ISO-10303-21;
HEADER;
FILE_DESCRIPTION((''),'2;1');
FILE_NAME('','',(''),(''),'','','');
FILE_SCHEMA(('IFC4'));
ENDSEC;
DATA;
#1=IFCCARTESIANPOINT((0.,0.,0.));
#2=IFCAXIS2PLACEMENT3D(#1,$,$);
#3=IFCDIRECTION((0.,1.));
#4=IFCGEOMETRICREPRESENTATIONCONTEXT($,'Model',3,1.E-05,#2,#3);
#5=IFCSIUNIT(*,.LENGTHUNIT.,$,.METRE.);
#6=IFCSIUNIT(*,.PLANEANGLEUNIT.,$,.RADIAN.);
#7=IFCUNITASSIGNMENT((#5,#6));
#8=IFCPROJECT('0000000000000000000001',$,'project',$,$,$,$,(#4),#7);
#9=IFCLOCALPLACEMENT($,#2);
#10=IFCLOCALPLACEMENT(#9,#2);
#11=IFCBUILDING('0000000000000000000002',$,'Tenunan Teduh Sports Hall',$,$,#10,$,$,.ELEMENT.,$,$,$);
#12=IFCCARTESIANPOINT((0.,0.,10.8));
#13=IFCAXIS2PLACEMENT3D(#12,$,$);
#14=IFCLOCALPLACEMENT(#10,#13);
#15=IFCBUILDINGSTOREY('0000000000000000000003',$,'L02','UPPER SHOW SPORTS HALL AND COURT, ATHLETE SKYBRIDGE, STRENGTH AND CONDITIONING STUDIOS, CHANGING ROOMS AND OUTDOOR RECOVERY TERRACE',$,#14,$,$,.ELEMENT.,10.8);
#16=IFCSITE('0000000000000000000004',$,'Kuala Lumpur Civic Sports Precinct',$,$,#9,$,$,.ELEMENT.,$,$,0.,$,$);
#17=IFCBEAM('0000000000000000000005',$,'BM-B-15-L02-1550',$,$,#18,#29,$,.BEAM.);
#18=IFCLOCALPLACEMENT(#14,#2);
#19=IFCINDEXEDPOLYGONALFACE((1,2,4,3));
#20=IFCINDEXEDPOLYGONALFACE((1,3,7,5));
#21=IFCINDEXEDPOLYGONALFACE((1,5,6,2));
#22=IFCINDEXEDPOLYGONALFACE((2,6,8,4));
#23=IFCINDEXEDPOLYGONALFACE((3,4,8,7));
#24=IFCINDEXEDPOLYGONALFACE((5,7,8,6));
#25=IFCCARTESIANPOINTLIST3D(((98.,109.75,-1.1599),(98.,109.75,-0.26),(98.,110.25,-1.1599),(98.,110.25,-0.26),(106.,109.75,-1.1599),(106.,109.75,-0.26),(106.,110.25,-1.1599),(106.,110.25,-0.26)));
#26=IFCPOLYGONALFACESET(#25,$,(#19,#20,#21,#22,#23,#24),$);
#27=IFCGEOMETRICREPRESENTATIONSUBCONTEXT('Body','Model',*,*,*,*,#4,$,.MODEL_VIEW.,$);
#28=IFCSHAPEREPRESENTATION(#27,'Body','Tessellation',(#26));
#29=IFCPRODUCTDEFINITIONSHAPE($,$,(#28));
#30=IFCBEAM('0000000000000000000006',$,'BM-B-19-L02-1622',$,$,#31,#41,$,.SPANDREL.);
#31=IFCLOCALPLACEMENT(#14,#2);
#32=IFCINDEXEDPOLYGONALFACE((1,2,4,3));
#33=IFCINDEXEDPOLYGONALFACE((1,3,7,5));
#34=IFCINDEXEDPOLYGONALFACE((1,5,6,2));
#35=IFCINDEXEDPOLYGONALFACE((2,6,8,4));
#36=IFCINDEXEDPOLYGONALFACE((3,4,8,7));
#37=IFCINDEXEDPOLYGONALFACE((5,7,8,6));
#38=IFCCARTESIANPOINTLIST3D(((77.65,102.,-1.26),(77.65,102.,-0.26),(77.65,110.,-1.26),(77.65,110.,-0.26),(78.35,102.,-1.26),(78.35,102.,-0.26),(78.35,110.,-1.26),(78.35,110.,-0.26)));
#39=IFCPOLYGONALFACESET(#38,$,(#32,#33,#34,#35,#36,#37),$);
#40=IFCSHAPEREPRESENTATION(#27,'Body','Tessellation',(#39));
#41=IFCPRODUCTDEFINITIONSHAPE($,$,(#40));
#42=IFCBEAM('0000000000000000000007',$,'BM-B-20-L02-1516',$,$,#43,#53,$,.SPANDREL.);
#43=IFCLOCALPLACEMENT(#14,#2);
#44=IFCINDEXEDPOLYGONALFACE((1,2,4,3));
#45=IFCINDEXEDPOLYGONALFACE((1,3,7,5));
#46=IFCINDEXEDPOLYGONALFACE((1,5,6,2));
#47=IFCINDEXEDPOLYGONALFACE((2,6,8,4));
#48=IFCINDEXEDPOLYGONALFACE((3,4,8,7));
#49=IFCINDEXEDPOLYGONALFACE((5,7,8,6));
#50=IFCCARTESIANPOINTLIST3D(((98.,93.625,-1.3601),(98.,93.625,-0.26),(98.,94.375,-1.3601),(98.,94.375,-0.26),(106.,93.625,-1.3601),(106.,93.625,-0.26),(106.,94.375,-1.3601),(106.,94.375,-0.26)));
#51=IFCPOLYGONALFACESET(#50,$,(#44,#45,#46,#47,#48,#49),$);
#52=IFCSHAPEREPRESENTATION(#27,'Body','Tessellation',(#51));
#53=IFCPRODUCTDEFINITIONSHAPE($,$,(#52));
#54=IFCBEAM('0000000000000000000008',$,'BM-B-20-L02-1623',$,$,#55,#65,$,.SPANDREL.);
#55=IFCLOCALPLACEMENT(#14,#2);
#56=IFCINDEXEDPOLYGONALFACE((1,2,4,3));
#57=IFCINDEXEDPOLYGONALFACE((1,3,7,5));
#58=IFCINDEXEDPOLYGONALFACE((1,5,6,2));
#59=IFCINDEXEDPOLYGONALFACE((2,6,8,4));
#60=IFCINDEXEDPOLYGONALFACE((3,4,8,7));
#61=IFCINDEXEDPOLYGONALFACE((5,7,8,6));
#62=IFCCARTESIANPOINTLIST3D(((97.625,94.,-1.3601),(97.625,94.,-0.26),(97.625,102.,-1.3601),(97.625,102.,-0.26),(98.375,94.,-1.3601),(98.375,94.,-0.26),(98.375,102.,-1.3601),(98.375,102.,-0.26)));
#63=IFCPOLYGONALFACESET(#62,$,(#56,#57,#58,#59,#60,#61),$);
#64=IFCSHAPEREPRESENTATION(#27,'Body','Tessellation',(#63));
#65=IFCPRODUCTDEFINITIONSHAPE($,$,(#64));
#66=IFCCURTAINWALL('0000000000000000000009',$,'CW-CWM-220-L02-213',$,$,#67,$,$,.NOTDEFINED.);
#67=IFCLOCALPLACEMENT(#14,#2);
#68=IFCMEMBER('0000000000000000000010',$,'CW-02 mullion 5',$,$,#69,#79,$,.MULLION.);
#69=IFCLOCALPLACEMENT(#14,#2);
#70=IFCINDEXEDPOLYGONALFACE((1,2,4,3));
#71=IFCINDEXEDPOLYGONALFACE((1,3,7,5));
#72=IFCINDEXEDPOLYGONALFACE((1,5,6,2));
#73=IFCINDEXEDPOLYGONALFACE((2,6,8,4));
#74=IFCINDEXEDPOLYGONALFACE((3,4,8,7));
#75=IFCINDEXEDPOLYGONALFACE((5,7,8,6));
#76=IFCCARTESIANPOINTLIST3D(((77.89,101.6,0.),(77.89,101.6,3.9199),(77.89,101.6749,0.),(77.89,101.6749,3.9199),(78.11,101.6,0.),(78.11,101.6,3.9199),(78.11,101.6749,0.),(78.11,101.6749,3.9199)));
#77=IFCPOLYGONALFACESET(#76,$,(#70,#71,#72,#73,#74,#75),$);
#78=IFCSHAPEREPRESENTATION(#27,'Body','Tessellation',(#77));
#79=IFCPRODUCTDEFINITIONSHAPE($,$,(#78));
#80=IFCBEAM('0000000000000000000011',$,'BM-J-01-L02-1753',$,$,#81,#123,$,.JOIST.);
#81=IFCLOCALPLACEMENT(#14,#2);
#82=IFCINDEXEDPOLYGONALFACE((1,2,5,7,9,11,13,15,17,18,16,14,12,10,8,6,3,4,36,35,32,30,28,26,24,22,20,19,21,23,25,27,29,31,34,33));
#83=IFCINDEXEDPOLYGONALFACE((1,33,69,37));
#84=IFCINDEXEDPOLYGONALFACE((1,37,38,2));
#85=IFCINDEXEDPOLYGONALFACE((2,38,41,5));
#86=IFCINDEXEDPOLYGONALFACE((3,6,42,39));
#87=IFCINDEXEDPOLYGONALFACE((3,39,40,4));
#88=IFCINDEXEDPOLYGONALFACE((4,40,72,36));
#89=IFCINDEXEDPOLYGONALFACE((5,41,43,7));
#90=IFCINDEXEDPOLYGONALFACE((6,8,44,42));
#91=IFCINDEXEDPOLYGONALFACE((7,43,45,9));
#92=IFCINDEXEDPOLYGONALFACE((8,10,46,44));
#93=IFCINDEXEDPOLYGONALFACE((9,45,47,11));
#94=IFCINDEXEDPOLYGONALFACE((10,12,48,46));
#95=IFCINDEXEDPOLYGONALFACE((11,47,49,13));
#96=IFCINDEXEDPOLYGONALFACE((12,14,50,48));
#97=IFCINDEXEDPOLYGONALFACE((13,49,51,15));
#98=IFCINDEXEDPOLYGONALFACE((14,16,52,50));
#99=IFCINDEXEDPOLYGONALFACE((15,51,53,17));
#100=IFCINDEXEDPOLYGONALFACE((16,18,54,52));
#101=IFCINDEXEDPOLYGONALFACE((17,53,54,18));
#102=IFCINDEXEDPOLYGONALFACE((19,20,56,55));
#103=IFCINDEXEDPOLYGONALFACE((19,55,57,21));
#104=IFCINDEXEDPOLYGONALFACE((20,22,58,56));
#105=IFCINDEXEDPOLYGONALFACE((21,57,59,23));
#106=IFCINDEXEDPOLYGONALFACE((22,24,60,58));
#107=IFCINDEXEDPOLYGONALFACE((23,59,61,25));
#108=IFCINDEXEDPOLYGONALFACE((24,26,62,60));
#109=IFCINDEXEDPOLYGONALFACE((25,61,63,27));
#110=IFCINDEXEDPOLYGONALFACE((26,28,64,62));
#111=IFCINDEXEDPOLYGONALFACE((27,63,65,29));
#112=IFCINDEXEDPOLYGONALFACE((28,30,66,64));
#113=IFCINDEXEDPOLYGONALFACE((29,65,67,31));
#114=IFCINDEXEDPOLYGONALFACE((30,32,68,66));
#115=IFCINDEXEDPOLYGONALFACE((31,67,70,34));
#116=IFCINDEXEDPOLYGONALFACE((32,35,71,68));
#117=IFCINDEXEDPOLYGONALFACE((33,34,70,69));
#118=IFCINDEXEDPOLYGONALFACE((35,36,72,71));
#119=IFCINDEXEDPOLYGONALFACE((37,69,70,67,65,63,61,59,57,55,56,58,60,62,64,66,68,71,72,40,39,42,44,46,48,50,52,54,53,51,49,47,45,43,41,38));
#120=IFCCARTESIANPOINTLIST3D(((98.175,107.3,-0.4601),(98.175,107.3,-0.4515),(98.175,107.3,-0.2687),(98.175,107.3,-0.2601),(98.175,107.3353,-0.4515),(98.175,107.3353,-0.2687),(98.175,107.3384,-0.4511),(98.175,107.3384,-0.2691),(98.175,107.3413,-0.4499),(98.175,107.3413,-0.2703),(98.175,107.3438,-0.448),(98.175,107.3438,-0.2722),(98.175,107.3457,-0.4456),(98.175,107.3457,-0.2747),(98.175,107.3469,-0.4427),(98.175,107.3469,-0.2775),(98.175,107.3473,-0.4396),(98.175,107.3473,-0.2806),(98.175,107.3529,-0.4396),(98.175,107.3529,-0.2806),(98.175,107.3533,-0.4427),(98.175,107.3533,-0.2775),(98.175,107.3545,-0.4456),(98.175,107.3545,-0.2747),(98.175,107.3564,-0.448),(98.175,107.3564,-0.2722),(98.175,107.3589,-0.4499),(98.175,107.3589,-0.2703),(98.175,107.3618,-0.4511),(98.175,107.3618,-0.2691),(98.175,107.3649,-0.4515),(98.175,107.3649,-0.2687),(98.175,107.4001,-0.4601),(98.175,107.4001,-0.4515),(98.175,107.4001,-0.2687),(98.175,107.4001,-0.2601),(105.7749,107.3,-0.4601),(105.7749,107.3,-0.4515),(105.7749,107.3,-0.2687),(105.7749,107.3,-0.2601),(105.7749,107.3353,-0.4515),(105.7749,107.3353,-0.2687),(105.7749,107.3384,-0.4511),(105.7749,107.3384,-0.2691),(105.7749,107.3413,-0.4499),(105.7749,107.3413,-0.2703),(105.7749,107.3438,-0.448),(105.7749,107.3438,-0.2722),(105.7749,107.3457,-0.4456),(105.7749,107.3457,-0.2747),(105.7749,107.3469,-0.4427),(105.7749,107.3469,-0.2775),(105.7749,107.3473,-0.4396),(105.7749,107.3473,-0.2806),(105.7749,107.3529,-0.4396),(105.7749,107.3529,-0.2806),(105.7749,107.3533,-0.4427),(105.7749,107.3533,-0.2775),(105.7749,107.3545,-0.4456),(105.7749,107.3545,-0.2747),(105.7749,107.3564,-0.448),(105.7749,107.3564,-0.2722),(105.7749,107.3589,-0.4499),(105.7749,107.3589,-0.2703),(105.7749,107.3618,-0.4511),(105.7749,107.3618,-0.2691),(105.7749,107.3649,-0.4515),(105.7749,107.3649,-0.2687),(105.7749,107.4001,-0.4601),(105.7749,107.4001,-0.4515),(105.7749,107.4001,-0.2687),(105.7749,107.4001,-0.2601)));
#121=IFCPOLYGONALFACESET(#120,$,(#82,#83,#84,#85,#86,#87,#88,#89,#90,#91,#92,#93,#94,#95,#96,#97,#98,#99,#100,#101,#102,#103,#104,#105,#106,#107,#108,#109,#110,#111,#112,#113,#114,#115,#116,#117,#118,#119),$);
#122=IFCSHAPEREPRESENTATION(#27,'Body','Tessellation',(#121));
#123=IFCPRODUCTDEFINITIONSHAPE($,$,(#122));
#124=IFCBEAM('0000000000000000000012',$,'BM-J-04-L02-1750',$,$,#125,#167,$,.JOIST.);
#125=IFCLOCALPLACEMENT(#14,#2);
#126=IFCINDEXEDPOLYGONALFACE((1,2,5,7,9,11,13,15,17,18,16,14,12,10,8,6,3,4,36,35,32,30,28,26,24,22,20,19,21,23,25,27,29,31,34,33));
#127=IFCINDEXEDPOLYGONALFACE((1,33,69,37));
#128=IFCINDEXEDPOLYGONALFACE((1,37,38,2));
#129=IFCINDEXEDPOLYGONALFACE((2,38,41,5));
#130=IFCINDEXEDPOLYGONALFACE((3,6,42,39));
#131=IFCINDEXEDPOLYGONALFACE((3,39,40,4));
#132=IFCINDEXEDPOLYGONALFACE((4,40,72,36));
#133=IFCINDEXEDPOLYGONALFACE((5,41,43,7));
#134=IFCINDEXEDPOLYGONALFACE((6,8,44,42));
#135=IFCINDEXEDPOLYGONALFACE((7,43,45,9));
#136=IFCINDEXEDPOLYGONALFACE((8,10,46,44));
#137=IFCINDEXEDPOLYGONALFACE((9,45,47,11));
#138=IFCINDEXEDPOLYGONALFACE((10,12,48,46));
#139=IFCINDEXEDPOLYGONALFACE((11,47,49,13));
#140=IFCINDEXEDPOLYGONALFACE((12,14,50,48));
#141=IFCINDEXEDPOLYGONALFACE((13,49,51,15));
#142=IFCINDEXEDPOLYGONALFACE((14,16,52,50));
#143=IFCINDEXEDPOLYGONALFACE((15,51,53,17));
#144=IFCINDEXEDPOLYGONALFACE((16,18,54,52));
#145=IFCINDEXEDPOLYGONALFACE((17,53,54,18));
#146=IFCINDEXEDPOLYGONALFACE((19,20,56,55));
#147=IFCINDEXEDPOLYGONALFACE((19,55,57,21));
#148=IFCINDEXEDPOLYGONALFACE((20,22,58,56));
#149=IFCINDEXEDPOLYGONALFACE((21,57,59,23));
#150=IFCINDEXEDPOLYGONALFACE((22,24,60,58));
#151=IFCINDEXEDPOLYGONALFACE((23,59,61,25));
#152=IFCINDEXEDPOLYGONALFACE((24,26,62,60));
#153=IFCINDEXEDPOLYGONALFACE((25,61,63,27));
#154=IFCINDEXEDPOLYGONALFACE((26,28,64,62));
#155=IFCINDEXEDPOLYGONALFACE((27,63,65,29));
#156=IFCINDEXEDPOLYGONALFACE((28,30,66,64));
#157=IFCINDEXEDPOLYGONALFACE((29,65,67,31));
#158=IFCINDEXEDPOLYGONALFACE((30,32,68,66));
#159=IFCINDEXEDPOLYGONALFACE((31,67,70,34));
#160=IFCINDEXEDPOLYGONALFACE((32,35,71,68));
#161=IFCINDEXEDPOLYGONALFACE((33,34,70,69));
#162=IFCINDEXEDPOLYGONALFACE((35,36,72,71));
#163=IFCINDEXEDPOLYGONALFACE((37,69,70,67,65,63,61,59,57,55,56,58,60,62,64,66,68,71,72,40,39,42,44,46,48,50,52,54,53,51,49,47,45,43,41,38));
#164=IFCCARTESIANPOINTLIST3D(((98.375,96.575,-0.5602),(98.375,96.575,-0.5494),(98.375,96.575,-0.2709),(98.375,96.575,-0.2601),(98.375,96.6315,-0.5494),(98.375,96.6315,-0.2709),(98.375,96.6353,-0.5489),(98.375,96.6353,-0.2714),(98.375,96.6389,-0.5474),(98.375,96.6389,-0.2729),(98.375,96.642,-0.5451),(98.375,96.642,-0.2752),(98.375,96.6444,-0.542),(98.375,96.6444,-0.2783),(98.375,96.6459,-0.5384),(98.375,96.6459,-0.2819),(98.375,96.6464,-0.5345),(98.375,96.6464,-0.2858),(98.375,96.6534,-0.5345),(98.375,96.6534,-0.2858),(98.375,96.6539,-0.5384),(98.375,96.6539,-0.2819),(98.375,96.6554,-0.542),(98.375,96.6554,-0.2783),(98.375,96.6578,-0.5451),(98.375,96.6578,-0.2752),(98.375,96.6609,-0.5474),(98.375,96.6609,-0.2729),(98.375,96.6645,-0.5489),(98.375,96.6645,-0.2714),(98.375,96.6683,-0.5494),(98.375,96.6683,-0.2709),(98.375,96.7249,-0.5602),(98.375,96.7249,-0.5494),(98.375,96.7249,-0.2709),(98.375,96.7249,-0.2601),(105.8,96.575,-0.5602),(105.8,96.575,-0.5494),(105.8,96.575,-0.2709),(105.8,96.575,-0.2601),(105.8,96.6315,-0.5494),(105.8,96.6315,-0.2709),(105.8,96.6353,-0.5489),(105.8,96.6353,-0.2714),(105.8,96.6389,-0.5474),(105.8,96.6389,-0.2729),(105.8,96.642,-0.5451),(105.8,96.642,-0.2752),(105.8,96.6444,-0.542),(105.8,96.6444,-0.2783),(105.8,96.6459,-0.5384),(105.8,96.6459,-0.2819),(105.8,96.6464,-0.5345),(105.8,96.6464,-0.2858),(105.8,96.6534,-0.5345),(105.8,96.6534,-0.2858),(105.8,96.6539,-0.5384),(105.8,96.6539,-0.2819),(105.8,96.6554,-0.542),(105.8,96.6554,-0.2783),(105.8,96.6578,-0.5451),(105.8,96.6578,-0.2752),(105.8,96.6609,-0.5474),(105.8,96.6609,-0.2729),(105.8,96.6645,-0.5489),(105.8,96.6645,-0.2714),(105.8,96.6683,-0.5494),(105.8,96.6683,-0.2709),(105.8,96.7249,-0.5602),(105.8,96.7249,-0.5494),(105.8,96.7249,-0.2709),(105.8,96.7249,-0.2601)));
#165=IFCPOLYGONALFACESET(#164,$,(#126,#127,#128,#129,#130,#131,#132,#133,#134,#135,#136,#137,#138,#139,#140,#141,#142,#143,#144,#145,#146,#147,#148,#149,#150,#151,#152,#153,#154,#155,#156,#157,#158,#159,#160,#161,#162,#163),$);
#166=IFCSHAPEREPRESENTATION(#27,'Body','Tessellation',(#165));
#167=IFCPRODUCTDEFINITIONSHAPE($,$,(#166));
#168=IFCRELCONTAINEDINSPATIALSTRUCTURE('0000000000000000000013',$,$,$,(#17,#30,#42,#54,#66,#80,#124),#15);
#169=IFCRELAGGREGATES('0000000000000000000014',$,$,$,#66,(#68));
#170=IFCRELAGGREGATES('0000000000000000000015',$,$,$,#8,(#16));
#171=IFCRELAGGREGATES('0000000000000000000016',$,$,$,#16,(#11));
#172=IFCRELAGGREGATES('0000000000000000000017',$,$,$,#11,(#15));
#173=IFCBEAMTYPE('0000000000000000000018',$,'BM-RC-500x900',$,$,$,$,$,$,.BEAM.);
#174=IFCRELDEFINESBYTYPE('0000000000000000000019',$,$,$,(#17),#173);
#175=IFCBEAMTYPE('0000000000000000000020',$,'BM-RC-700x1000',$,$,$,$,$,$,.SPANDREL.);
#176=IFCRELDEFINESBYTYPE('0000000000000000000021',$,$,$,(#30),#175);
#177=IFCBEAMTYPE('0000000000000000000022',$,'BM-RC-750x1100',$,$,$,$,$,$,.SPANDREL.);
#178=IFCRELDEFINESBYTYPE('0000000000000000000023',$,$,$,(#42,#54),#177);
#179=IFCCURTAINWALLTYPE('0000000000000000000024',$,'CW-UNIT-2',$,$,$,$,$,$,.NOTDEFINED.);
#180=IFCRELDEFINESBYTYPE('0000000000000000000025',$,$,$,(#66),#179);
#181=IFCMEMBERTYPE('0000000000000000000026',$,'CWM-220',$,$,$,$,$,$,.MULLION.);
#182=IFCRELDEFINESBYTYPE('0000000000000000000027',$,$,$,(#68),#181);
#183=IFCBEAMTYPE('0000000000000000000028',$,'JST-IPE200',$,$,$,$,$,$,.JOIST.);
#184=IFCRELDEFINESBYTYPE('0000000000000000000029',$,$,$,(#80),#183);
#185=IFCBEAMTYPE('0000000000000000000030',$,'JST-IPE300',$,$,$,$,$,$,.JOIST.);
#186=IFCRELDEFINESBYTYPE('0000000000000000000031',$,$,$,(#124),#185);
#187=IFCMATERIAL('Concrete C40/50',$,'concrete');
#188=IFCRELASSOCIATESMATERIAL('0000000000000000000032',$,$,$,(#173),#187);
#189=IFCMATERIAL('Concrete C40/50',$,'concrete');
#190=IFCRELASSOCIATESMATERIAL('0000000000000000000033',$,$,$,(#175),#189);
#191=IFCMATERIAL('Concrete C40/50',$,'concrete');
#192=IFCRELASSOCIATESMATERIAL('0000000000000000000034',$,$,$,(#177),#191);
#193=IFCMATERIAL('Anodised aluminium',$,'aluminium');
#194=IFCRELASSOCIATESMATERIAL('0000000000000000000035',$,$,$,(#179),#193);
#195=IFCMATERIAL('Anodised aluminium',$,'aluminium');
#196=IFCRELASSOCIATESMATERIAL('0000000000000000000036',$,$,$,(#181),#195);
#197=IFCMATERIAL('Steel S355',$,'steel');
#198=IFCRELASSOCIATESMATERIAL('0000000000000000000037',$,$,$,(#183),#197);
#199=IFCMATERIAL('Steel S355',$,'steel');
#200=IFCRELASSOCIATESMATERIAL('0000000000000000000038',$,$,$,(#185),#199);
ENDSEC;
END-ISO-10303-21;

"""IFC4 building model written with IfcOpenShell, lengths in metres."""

from ifc_helpers import new_model, si_unit, direction, frame, origin, origin_2d, place, context, subcontext, project, spatial, rectangle, i_section, extrude, material, material_profile, profile_set, type_object, element, aggregate, save


model = new_model("IFC4")

# Units and contexts
model_context = context("Model", 3, precision=1e-05, world=origin(), true_north=direction((0.0, 1.0)))
body_context = subcontext(model_context, "Body", "Model", "MODEL_VIEW")
ifc_project = project(units=[si_unit("LENGTHUNIT", "METRE"), si_unit("PLANEANGLEUNIT", "RADIAN")], contexts=[model_context])

# Site, building, storey
site_placement = place(None, origin())
site = spatial("IfcSite", under=ifc_project, at=site_placement, Name="Kuala Lumpur Civic Sports Precinct", CompositionType="ELEMENT", RefElevation=0.0)
building_placement = place(site_placement, origin())
building = spatial("IfcBuilding", under=site, at=building_placement, Name="Tenunan Teduh Sports Hall", CompositionType="ELEMENT")
storey_placement = place(building_placement, frame((0.0, 0.0, 10.8)))
storey = spatial("IfcBuildingStorey", under=building, at=storey_placement, Name="L02", Description="UPPER SHOW SPORTS HALL AND COURT, ATHLETE SKYBRIDGE, STRENGTH AND CONDITIONING STUDIOS, CHANGING ROOMS AND OUTDOOR RECOVERY TERRACE", CompositionType="ELEMENT", Elevation=10.8)

# Beams
ifc_material_1 = material(Name="Concrete C40/50", Category="concrete")
ifc_material_profile_1 = material_profile(ifc_material_1, rectangle(XDim=0.5, YDim=0.8999, at=origin_2d()), Name="RCB 500x900")
ifc_profile_set_1 = profile_set([ifc_material_profile_1], Name="Concrete C40/50")
beam_type_1 = type_object("IfcBeamType", Name="BM-RC-500x900", PredefinedType="BEAM", material=ifc_profile_set_1)
beam_1_placement = place(storey_placement, frame((98.0, 110.0, -0.71), z_axis=(1.0, 0.0, 0.0), x_axis=(0.0, 1.0, 0.0)))
element("IfcBeam", 1, at=beam_1_placement, inside=storey, type_object=beam_type_1, Name="BM-B-15-L02-1550", PredefinedType="BEAM", context=body_context, shape_type="SweptSolid", body=[
    extrude(rectangle(XDim=0.5, YDim=0.8999, at=origin_2d()), origin(), (0.0, 0.0, 1.0), 8.0),
])
ifc_material_2 = material(Name="Concrete C40/50", Category="concrete")
ifc_material_profile_2 = material_profile(ifc_material_2, rectangle(XDim=0.7, YDim=1.0, at=origin_2d()), Name="RCB 700x1000")
ifc_profile_set_2 = profile_set([ifc_material_profile_2], Name="Concrete C40/50")
beam_type_2 = type_object("IfcBeamType", Name="BM-RC-700x1000", PredefinedType="SPANDREL", material=ifc_profile_set_2)
beam_2_placement = place(storey_placement, frame((78.0, 102.0, -0.76), z_axis=(0.0, 1.0, 0.0), x_axis=(-1.0, 0.0, 0.0)))
element("IfcBeam", 2, at=beam_2_placement, inside=storey, type_object=beam_type_2, Name="BM-B-19-L02-1622", PredefinedType="SPANDREL", context=body_context, shape_type="SweptSolid", body=[
    extrude(rectangle(XDim=0.7, YDim=1.0, at=origin_2d()), origin(), (0.0, 0.0, 1.0), 8.0),
])
ifc_material_3 = material(Name="Concrete C40/50", Category="concrete")
ifc_material_profile_3 = material_profile(ifc_material_3, rectangle(XDim=0.75, YDim=1.1001, at=origin_2d()), Name="RCB 750x1100")
ifc_profile_set_3 = profile_set([ifc_material_profile_3], Name="Concrete C40/50")
beam_type_3 = type_object("IfcBeamType", Name="BM-RC-750x1100", PredefinedType="SPANDREL", material=ifc_profile_set_3)
for number, where, z_axis, x_axis, name in (
    (3, (98.0, 94.0, -0.8101), (1.0, 0.0, 0.0), (0.0, 1.0, 0.0), "BM-B-20-L02-1516"),
    (4, (98.0, 94.0, -0.8101), (0.0, 1.0, 0.0), (-1.0, 0.0, 0.0), "BM-B-20-L02-1623"),
):
    element("IfcBeam", number, at=place(storey_placement, frame(where, z_axis=z_axis, x_axis=x_axis)), inside=storey, type_object=beam_type_3, Name=name, PredefinedType="SPANDREL", context=body_context, shape_type="SweptSolid", body=[
        extrude(rectangle(XDim=0.75, YDim=1.1001, at=origin_2d()), origin(), (0.0, 0.0, 1.0), 8.0),
    ])

# Curtain wall, member
ifc_material_4 = material(Name="Anodised aluminium", Category="aluminium")
curtain_wall_type = type_object("IfcCurtainWallType", Name="CW-UNIT-2", PredefinedType="NOTDEFINED", material=ifc_material_4)
curtain_wall_placement = place(storey_placement, origin())
curtain_wall = element("IfcCurtainWall", 5, at=curtain_wall_placement, inside=storey, type_object=curtain_wall_type, Name="CW-CWM-220-L02-213", PredefinedType="NOTDEFINED")
ifc_material_5 = material(Name="Anodised aluminium", Category="aluminium")
ifc_material_profile_4 = material_profile(ifc_material_5, rectangle(XDim=0.075, YDim=0.22, at=origin_2d()), Name="CWM 75x220")
ifc_profile_set_4 = profile_set([ifc_material_profile_4], Name="Anodised aluminium")
member_type = type_object("IfcMemberType", Name="CWM-220", PredefinedType="MULLION", material=ifc_profile_set_4)
member_placement = place(storey_placement, frame((78.0, 101.6375, 0.0), z_axis=(0.0, 0.0, 1.0), x_axis=(0.0, 1.0, 0.0)))
member = element("IfcMember", 6, at=member_placement, type_object=member_type, Name="CW-02 mullion 5", PredefinedType="MULLION", context=body_context, shape_type="SweptSolid", body=[
    extrude(rectangle(XDim=0.075, YDim=0.22, at=origin_2d()), origin(), (0.0, 0.0, 1.0), 3.9199),
])

# Beams
ifc_material_6 = material(Name="Steel S355", Category="steel")
ifc_material_profile_5 = material_profile(ifc_material_6, i_section(OverallWidth=0.1001, OverallDepth=0.2, WebThickness=0.0056, FlangeThickness=0.0085, FilletRadius=0.012, at=origin_2d()), Name="IPE 200")
ifc_profile_set_5 = profile_set([ifc_material_profile_5], Name="Steel S355")
beam_type_4 = type_object("IfcBeamType", Name="JST-IPE200", PredefinedType="JOIST", material=ifc_profile_set_5)
beam_3_placement = place(storey_placement, frame((98.175, 107.3501, -0.3601), z_axis=(1.0, 0.0, 0.0), x_axis=(0.0, 1.0, 0.0)))
element("IfcBeam", 7, at=beam_3_placement, inside=storey, type_object=beam_type_4, Name="BM-J-01-L02-1753", PredefinedType="JOIST", context=body_context, shape_type="SweptSolid", body=[
    extrude(i_section(OverallWidth=0.1001, OverallDepth=0.2, WebThickness=0.0056, FlangeThickness=0.0085, FilletRadius=0.012, at=origin_2d()), origin(), (0.0, 0.0, 1.0), 7.5999),
])
ifc_material_7 = material(Name="Steel S355", Category="steel")
ifc_material_profile_6 = material_profile(ifc_material_7, i_section(OverallWidth=0.1499, OverallDepth=0.3, WebThickness=0.0071, FlangeThickness=0.0107, FilletRadius=0.0149, at=origin_2d()), Name="IPE 300")
ifc_profile_set_6 = profile_set([ifc_material_profile_6], Name="Steel S355")
beam_type_5 = type_object("IfcBeamType", Name="JST-IPE300", PredefinedType="JOIST", material=ifc_profile_set_6)
beam_4_placement = place(storey_placement, frame((98.375, 96.6499, -0.4102), z_axis=(1.0, 0.0, 0.0), x_axis=(0.0, 1.0, 0.0)))
element("IfcBeam", 8, at=beam_4_placement, inside=storey, type_object=beam_type_5, Name="BM-J-04-L02-1750", PredefinedType="JOIST", context=body_context, shape_type="SweptSolid", body=[
    extrude(i_section(OverallWidth=0.1499, OverallDepth=0.3, WebThickness=0.0071, FlangeThickness=0.0107, FilletRadius=0.0149, at=origin_2d()), origin(), (0.0, 0.0, 1.0), 7.425),
])

aggregate(curtain_wall, [member])

save(model, "model.ifc")
